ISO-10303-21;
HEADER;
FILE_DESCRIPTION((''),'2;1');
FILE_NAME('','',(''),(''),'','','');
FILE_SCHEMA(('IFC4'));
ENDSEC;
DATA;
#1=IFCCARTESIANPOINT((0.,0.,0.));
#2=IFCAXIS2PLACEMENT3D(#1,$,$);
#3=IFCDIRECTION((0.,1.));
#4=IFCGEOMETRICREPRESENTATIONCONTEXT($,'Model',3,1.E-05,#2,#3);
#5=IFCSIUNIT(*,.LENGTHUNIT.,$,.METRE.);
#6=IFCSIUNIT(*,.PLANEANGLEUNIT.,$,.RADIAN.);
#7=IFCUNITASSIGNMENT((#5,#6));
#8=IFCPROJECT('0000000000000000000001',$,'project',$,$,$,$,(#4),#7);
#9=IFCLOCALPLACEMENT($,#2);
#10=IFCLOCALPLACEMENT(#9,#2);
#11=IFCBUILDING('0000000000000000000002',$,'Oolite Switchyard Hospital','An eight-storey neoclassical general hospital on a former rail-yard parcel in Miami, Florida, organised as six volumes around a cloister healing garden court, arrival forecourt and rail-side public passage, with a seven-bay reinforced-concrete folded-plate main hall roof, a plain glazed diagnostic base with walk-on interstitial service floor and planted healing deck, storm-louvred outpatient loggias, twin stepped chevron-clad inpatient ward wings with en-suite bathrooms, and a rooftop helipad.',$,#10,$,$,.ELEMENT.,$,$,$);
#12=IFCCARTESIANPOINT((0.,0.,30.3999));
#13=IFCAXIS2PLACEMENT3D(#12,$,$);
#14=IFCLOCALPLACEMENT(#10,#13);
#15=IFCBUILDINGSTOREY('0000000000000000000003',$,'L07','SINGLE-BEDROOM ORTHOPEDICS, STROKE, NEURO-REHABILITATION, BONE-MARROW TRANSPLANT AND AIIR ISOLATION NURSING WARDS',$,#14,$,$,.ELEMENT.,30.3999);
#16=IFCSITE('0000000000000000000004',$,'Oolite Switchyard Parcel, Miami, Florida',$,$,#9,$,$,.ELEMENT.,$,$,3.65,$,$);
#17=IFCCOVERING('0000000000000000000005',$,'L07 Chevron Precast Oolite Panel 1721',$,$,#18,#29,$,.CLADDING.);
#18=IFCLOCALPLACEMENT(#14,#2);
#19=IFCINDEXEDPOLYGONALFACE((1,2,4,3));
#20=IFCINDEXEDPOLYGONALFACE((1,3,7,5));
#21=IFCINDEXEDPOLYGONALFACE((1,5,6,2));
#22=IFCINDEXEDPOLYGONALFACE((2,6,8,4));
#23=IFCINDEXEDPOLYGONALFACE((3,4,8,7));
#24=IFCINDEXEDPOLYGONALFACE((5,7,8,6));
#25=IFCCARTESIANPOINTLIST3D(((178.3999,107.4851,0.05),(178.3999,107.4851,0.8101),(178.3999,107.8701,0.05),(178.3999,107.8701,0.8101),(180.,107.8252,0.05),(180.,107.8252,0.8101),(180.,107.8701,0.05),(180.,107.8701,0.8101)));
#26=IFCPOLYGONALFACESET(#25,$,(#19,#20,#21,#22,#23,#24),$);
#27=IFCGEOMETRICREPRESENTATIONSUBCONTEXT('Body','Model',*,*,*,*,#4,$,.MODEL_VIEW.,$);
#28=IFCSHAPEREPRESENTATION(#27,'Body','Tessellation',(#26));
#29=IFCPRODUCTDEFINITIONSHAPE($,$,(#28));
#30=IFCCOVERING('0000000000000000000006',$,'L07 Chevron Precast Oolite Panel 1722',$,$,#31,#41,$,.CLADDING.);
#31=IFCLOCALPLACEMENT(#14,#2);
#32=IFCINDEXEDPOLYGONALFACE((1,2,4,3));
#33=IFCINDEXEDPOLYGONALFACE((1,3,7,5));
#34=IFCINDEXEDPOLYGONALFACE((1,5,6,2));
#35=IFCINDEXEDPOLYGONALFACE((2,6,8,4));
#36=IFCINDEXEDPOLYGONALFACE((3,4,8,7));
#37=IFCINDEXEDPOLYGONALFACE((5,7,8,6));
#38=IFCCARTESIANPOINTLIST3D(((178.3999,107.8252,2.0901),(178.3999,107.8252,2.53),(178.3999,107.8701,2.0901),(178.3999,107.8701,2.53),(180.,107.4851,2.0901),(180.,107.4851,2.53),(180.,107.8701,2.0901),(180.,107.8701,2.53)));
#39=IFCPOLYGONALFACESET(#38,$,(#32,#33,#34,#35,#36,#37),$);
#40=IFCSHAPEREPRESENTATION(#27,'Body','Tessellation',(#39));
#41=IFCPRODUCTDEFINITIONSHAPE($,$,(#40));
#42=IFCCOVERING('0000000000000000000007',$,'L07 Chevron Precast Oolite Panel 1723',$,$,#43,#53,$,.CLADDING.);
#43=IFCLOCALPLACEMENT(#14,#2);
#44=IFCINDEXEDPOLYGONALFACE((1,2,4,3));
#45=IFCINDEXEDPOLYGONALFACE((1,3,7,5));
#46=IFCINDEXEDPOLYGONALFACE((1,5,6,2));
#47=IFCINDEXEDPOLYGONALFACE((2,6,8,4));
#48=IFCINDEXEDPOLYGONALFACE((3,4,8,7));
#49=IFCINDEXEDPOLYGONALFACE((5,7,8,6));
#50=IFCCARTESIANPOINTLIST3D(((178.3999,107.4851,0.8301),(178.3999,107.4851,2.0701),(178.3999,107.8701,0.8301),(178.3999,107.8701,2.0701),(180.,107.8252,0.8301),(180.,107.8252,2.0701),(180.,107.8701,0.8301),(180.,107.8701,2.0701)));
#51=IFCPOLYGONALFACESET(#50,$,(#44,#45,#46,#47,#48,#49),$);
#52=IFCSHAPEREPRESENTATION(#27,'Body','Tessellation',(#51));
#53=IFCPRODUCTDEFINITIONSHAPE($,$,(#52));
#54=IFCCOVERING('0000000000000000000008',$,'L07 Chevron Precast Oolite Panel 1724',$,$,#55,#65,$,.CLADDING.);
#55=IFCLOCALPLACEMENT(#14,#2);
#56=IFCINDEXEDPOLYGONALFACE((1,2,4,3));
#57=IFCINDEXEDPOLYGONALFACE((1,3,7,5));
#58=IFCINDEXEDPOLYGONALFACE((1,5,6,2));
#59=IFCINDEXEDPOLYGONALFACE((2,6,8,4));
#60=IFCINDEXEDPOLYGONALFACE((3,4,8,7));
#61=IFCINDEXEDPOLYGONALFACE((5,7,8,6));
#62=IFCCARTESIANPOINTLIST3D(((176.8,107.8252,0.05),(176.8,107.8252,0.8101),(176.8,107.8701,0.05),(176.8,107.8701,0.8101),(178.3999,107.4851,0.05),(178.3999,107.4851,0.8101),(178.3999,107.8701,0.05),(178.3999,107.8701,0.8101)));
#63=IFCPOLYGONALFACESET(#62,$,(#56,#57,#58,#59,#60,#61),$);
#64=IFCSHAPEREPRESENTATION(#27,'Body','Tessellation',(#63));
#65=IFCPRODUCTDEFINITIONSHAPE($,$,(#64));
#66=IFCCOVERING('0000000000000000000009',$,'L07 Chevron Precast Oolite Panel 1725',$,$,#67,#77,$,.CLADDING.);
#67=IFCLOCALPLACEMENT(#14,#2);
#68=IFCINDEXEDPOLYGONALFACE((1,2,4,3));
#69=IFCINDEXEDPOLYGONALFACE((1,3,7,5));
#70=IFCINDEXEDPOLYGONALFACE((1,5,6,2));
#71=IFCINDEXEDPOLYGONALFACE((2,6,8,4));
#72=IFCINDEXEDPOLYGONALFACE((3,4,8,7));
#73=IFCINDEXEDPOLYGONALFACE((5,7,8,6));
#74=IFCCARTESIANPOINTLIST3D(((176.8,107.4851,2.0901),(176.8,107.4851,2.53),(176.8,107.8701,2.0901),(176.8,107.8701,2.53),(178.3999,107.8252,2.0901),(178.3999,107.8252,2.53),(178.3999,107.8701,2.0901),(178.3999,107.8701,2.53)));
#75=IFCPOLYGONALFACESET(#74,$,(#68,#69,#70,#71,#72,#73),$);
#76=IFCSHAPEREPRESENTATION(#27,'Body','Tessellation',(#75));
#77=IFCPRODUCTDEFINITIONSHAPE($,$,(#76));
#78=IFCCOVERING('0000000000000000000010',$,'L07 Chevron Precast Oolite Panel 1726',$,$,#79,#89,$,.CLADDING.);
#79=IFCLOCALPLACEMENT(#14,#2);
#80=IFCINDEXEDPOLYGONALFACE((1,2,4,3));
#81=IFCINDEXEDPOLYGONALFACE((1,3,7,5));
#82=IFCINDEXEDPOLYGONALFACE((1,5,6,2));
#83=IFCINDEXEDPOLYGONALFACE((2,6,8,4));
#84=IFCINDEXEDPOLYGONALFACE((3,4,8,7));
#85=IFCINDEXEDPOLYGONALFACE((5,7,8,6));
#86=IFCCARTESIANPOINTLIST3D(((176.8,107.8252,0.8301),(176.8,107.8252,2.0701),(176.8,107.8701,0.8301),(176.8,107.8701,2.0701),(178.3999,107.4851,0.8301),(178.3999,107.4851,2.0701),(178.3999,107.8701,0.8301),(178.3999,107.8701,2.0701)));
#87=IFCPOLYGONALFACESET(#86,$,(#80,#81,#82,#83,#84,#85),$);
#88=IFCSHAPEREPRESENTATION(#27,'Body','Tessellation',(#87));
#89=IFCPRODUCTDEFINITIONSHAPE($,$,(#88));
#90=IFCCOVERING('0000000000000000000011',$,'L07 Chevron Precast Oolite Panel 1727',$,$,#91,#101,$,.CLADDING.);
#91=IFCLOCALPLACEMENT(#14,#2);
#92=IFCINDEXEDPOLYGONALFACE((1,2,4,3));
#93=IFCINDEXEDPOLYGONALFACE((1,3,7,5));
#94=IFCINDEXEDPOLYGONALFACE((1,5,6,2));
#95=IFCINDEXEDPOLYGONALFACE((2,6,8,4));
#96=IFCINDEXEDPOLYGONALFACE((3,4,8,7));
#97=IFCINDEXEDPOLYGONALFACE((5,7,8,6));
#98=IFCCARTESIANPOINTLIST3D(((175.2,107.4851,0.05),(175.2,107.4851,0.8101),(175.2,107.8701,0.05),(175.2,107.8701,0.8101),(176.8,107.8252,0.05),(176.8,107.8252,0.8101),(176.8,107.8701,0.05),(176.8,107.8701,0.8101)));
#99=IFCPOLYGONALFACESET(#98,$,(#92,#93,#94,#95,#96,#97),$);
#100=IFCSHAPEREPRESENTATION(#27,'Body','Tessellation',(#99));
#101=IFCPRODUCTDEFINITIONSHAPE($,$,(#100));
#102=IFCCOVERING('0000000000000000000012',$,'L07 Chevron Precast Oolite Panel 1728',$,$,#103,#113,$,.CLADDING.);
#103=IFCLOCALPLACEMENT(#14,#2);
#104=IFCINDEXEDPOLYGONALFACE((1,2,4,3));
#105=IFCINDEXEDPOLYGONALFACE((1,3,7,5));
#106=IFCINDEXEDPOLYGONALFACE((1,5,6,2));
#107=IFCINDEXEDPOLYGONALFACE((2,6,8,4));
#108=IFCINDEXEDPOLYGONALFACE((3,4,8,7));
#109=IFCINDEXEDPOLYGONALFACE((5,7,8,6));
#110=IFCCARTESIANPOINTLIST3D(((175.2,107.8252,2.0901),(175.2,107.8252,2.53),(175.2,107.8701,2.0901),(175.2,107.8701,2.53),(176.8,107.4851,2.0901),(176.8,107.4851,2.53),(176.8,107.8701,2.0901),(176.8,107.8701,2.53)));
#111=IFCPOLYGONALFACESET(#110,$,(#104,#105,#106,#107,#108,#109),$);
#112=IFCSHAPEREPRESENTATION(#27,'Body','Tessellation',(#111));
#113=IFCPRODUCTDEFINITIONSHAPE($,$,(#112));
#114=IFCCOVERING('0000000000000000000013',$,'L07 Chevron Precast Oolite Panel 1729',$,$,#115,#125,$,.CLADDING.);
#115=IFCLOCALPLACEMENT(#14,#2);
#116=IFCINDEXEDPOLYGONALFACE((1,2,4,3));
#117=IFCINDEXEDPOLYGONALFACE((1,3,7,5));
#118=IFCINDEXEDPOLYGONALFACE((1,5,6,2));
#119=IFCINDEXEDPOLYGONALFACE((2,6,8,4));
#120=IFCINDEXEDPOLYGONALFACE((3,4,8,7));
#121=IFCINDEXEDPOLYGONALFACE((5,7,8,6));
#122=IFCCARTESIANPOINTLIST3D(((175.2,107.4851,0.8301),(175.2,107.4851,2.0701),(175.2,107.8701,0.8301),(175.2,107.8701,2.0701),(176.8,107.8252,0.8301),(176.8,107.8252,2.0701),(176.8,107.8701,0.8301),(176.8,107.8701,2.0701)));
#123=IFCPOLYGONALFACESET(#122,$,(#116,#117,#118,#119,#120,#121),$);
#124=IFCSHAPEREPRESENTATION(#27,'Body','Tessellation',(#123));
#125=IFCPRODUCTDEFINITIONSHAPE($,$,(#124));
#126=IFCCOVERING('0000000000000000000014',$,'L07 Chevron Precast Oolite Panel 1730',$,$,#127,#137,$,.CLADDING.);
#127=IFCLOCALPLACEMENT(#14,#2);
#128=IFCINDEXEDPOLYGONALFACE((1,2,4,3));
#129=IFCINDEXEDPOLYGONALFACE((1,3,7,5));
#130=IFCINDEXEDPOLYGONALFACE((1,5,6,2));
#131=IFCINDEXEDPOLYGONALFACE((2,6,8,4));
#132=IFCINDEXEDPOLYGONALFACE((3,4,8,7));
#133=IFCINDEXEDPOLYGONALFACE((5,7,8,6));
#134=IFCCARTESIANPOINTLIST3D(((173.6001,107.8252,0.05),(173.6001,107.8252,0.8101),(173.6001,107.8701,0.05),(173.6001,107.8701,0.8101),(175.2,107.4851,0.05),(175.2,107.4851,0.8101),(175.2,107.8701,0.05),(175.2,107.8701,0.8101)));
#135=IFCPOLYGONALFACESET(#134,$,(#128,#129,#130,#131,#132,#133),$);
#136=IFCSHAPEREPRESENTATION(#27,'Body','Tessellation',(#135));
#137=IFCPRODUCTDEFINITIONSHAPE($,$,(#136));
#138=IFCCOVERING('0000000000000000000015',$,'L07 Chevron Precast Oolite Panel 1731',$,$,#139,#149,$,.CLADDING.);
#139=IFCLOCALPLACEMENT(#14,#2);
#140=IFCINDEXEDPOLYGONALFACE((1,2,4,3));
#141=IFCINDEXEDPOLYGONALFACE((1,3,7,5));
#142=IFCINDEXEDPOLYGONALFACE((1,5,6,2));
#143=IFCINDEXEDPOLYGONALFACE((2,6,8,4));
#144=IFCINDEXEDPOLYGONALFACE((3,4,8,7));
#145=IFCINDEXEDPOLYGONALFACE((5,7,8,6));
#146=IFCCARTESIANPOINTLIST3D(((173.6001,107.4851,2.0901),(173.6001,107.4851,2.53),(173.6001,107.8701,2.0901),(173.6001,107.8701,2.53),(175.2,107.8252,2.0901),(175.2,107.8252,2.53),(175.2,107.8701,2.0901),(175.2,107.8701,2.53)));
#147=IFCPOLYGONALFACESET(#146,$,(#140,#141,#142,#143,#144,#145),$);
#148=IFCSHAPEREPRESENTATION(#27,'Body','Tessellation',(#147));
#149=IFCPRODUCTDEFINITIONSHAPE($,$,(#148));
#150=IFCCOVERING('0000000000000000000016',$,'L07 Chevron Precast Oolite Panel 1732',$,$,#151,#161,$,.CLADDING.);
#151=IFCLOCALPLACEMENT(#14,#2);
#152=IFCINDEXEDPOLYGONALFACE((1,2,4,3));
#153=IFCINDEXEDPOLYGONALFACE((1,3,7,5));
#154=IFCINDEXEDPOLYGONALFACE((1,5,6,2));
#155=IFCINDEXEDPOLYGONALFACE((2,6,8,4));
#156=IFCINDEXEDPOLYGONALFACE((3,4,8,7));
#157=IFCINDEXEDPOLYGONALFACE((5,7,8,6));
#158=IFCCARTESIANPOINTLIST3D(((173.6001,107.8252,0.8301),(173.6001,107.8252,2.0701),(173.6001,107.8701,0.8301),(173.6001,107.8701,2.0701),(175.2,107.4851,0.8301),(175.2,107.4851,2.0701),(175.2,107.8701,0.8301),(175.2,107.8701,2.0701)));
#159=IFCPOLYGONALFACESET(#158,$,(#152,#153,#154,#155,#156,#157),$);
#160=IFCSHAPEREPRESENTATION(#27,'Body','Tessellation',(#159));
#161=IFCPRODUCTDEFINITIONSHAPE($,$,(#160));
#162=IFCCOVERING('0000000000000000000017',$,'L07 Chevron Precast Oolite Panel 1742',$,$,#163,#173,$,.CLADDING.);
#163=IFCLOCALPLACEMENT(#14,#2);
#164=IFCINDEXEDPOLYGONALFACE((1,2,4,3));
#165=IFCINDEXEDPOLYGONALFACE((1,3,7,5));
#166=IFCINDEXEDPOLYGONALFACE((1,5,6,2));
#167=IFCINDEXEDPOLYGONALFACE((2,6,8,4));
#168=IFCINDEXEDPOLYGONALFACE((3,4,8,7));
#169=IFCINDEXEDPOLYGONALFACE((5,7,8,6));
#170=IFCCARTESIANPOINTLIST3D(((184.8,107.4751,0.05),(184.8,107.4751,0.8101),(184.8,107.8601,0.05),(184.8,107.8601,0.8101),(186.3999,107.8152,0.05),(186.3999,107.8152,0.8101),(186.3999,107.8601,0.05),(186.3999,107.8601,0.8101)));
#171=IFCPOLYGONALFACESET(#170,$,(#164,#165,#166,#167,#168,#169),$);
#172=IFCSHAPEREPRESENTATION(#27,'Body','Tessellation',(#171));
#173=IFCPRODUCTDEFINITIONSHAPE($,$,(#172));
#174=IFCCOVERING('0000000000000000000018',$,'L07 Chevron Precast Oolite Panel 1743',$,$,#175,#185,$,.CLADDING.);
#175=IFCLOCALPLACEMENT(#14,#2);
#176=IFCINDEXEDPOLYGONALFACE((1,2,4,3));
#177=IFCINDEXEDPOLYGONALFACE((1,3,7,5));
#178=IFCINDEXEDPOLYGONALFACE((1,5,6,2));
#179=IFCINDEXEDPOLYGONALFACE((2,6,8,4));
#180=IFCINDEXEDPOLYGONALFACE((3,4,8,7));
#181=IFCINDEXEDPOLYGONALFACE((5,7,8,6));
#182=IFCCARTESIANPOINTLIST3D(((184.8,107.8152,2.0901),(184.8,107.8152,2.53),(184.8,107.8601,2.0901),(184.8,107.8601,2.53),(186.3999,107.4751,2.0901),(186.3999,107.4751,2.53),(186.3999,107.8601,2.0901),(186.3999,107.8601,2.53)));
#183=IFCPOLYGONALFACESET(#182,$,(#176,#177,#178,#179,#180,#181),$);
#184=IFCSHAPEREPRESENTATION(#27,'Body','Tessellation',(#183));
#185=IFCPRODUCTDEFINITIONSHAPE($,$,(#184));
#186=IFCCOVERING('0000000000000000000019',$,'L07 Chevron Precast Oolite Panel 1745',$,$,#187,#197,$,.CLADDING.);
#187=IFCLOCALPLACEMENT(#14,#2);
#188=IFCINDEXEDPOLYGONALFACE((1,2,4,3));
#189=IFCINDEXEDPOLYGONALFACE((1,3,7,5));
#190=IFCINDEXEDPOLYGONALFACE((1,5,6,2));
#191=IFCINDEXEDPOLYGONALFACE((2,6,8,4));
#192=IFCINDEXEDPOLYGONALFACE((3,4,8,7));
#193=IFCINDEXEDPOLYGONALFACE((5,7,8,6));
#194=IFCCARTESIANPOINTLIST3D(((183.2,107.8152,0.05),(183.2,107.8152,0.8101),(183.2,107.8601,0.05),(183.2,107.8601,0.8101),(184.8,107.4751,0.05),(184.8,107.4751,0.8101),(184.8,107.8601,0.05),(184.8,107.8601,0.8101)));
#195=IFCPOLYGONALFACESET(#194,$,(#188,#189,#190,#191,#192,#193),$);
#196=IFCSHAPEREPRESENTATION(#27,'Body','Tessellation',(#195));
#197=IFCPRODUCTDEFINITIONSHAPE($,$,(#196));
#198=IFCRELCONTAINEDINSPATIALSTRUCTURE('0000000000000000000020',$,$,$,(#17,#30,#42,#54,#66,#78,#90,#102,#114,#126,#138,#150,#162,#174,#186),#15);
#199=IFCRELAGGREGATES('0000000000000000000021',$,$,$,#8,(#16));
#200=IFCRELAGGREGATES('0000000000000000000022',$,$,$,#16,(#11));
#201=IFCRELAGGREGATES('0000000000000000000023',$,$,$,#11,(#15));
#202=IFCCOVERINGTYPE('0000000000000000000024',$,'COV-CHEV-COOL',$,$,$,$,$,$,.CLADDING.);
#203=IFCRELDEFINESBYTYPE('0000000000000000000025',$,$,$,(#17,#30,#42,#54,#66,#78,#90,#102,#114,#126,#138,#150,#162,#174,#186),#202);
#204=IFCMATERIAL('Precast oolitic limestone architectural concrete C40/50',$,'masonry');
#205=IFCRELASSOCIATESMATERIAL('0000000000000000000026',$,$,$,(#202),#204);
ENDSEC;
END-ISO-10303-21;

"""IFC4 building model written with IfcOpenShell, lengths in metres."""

from ifc_helpers import new_model, si_unit, direction, frame, origin, place, context, subcontext, project, spatial, polyline, outline, extrude, material, type_object, element, save


model = new_model("IFC4")

# Units and contexts
model_context = context("Model", 3, precision=1e-05, world=origin(), true_north=direction((0.0, 1.0)))
body_context = subcontext(model_context, "Body", "Model", "MODEL_VIEW")
ifc_project = project(units=[si_unit("LENGTHUNIT", "METRE"), si_unit("PLANEANGLEUNIT", "RADIAN")], contexts=[model_context])

# Site, building, storey
site_placement = place(None, origin())
site = spatial("IfcSite", under=ifc_project, at=site_placement, Name="Oolite Switchyard Parcel, Miami, Florida", CompositionType="ELEMENT", RefElevation=3.65)
building_placement = place(site_placement, origin())
building = spatial("IfcBuilding", under=site, at=building_placement, Name="Oolite Switchyard Hospital", Description="An eight-storey neoclassical general hospital on a former rail-yard parcel in Miami, Florida, organised as six volumes around a cloister healing garden court, arrival forecourt and rail-side public passage, with a seven-bay reinforced-concrete folded-plate main hall roof, a plain glazed diagnostic base with walk-on interstitial service floor and planted healing deck, storm-louvred outpatient loggias, twin stepped chevron-clad inpatient ward wings with en-suite bathrooms, and a rooftop helipad.", CompositionType="ELEMENT")
storey_placement = place(building_placement, frame((0.0, 0.0, 30.3999)))
storey = spatial("IfcBuildingStorey", under=building, at=storey_placement, Name="L07", Description="SINGLE-BEDROOM ORTHOPEDICS, STROKE, NEURO-REHABILITATION, BONE-MARROW TRANSPLANT AND AIIR ISOLATION NURSING WARDS", CompositionType="ELEMENT", Elevation=30.3999)

# Shared definitions
ifc_material_1 = material(Name="Precast oolitic limestone architectural concrete C40/50", Category="masonry")

# Coverings
covering_type = type_object("IfcCoveringType", Name="COV-CHEV-COOL", PredefinedType="CLADDING", material=ifc_material_1)
covering_1_placement = place(storey_placement, frame((180.0, 107.8701, 0.05), z_axis=(0.0, 0.0, 1.0), x_axis=(-1.0, 0.0, 0.0)))
element("IfcCovering", 1, at=covering_1_placement, inside=storey, type_object=covering_type, Name="L07 Chevron Precast Oolite Panel 1721", PredefinedType="CLADDING", context=body_context, shape_type="SweptSolid", body=[
    extrude(outline(polyline([(0.0, 0.0), (1.6001, 0.0), (1.6001, 0.385), (0.0, 0.0449), (0.0, 0.0)])), origin(), (0.0, 0.0, 1.0), 0.76),
])
covering_2_placement = place(storey_placement, frame((180.0, 107.8701, 2.0901), z_axis=(0.0, 0.0, 1.0), x_axis=(-1.0, 0.0, 0.0)))
element("IfcCovering", 2, at=covering_2_placement, inside=storey, type_object=covering_type, Name="L07 Chevron Precast Oolite Panel 1722", PredefinedType="CLADDING", context=body_context, shape_type="SweptSolid", body=[
    extrude(outline(polyline([(0.0, 0.0), (1.6001, 0.0), (1.6001, 0.0449), (0.0, 0.385), (0.0, 0.0)])), origin(), (0.0, 0.0, 1.0), 0.4399),
])
covering_3_placement = place(storey_placement, frame((180.0, 107.8701, 0.8301), z_axis=(0.0, 0.0, 1.0), x_axis=(-1.0, 0.0, 0.0)))
element("IfcCovering", 3, at=covering_3_placement, inside=storey, type_object=covering_type, Name="L07 Chevron Precast Oolite Panel 1723", PredefinedType="CLADDING", context=body_context, shape_type="SweptSolid", body=[
    extrude(outline(polyline([(0.0, 0.0), (1.6001, 0.0), (1.6001, 0.385), (0.0, 0.0449), (0.0, 0.0)])), origin(), (0.0, 0.0, 1.0), 1.24),
])
covering_4_placement = place(storey_placement, frame((178.3999, 107.8701, 0.05), z_axis=(0.0, 0.0, 1.0), x_axis=(-1.0, 0.0, 0.0)))
element("IfcCovering", 4, at=covering_4_placement, inside=storey, type_object=covering_type, Name="L07 Chevron Precast Oolite Panel 1724", PredefinedType="CLADDING", context=body_context, shape_type="SweptSolid", body=[
    extrude(outline(polyline([(0.0, 0.0), (1.5999, 0.0), (1.5999, 0.0449), (0.0, 0.385), (0.0, 0.0)])), origin(), (0.0, 0.0, 1.0), 0.76),
])
covering_5_placement = place(storey_placement, frame((178.3999, 107.8701, 2.0901), z_axis=(0.0, 0.0, 1.0), x_axis=(-1.0, 0.0, 0.0)))
element("IfcCovering", 5, at=covering_5_placement, inside=storey, type_object=covering_type, Name="L07 Chevron Precast Oolite Panel 1725", PredefinedType="CLADDING", context=body_context, shape_type="SweptSolid", body=[
    extrude(outline(polyline([(0.0, 0.0), (1.5999, 0.0), (1.5999, 0.385), (0.0, 0.0449), (0.0, 0.0)])), origin(), (0.0, 0.0, 1.0), 0.4399),
])
covering_6_placement = place(storey_placement, frame((178.3999, 107.8701, 0.8301), z_axis=(0.0, 0.0, 1.0), x_axis=(-1.0, 0.0, 0.0)))
element("IfcCovering", 6, at=covering_6_placement, inside=storey, type_object=covering_type, Name="L07 Chevron Precast Oolite Panel 1726", PredefinedType="CLADDING", context=body_context, shape_type="SweptSolid", body=[
    extrude(outline(polyline([(0.0, 0.0), (1.5999, 0.0), (1.5999, 0.0449), (0.0, 0.385), (0.0, 0.0)])), origin(), (0.0, 0.0, 1.0), 1.24),
])
covering_7_placement = place(storey_placement, frame((176.8, 107.8701, 0.05), z_axis=(0.0, 0.0, 1.0), x_axis=(-1.0, 0.0, 0.0)))
element("IfcCovering", 7, at=covering_7_placement, inside=storey, type_object=covering_type, Name="L07 Chevron Precast Oolite Panel 1727", PredefinedType="CLADDING", context=body_context, shape_type="SweptSolid", body=[
    extrude(outline(polyline([(0.0, 0.0), (1.6001, 0.0), (1.6001, 0.385), (0.0, 0.0449), (0.0, 0.0)])), origin(), (0.0, 0.0, 1.0), 0.76),
])
covering_8_placement = place(storey_placement, frame((176.8, 107.8701, 2.0901), z_axis=(0.0, 0.0, 1.0), x_axis=(-1.0, 0.0, 0.0)))
element("IfcCovering", 8, at=covering_8_placement, inside=storey, type_object=covering_type, Name="L07 Chevron Precast Oolite Panel 1728", PredefinedType="CLADDING", context=body_context, shape_type="SweptSolid", body=[
    extrude(outline(polyline([(0.0, 0.0), (1.6001, 0.0), (1.6001, 0.0449), (0.0, 0.385), (0.0, 0.0)])), origin(), (0.0, 0.0, 1.0), 0.4399),
])
covering_9_placement = place(storey_placement, frame((176.8, 107.8701, 0.8301), z_axis=(0.0, 0.0, 1.0), x_axis=(-1.0, 0.0, 0.0)))
element("IfcCovering", 9, at=covering_9_placement, inside=storey, type_object=covering_type, Name="L07 Chevron Precast Oolite Panel 1729", PredefinedType="CLADDING", context=body_context, shape_type="SweptSolid", body=[
    extrude(outline(polyline([(0.0, 0.0), (1.6001, 0.0), (1.6001, 0.385), (0.0, 0.0449), (0.0, 0.0)])), origin(), (0.0, 0.0, 1.0), 1.24),
])
covering_10_placement = place(storey_placement, frame((175.2, 107.8701, 0.05), z_axis=(0.0, 0.0, 1.0), x_axis=(-1.0, 0.0, 0.0)))
element("IfcCovering", 10, at=covering_10_placement, inside=storey, type_object=covering_type, Name="L07 Chevron Precast Oolite Panel 1730", PredefinedType="CLADDING", context=body_context, shape_type="SweptSolid", body=[
    extrude(outline(polyline([(0.0, 0.0), (1.5999, 0.0), (1.5999, 0.0449), (0.0, 0.385), (0.0, 0.0)])), origin(), (0.0, 0.0, 1.0), 0.76),
])
covering_11_placement = place(storey_placement, frame((175.2, 107.8701, 2.0901), z_axis=(0.0, 0.0, 1.0), x_axis=(-1.0, 0.0, 0.0)))
element("IfcCovering", 11, at=covering_11_placement, inside=storey, type_object=covering_type, Name="L07 Chevron Precast Oolite Panel 1731", PredefinedType="CLADDING", context=body_context, shape_type="SweptSolid", body=[
    extrude(outline(polyline([(0.0, 0.0), (1.5999, 0.0), (1.5999, 0.385), (0.0, 0.0449), (0.0, 0.0)])), origin(), (0.0, 0.0, 1.0), 0.4399),
])
covering_12_placement = place(storey_placement, frame((175.2, 107.8701, 0.8301), z_axis=(0.0, 0.0, 1.0), x_axis=(-1.0, 0.0, 0.0)))
element("IfcCovering", 12, at=covering_12_placement, inside=storey, type_object=covering_type, Name="L07 Chevron Precast Oolite Panel 1732", PredefinedType="CLADDING", context=body_context, shape_type="SweptSolid", body=[
    extrude(outline(polyline([(0.0, 0.0), (1.5999, 0.0), (1.5999, 0.0449), (0.0, 0.385), (0.0, 0.0)])), origin(), (0.0, 0.0, 1.0), 1.24),
])
covering_13_placement = place(storey_placement, frame((186.3999, 107.8601, 0.05), z_axis=(0.0, 0.0, 1.0), x_axis=(-1.0, 0.0, 0.0)))
element("IfcCovering", 13, at=covering_13_placement, inside=storey, type_object=covering_type, Name="L07 Chevron Precast Oolite Panel 1742", PredefinedType="CLADDING", context=body_context, shape_type="SweptSolid", body=[
    extrude(outline(polyline([(0.0, 0.0), (1.5999, 0.0), (1.5999, 0.385), (0.0, 0.0449), (0.0, 0.0)])), origin(), (0.0, 0.0, 1.0), 0.76),
])
covering_14_placement = place(storey_placement, frame((186.3999, 107.8601, 2.0901), z_axis=(0.0, 0.0, 1.0), x_axis=(-1.0, 0.0, 0.0)))
element("IfcCovering", 14, at=covering_14_placement, inside=storey, type_object=covering_type, Name="L07 Chevron Precast Oolite Panel 1743", PredefinedType="CLADDING", context=body_context, shape_type="SweptSolid", body=[
    extrude(outline(polyline([(0.0, 0.0), (1.5999, 0.0), (1.5999, 0.0449), (0.0, 0.385), (0.0, 0.0)])), origin(), (0.0, 0.0, 1.0), 0.4399),
])
covering_15_placement = place(storey_placement, frame((184.8, 107.8601, 0.05), z_axis=(0.0, 0.0, 1.0), x_axis=(-1.0, 0.0, 0.0)))
element("IfcCovering", 15, at=covering_15_placement, inside=storey, type_object=covering_type, Name="L07 Chevron Precast Oolite Panel 1745", PredefinedType="CLADDING", context=body_context, shape_type="SweptSolid", body=[
    extrude(outline(polyline([(0.0, 0.0), (1.6001, 0.0), (1.6001, 0.0449), (0.0, 0.385), (0.0, 0.0)])), origin(), (0.0, 0.0, 1.0), 0.76),
])

save(model, "model.ifc")
